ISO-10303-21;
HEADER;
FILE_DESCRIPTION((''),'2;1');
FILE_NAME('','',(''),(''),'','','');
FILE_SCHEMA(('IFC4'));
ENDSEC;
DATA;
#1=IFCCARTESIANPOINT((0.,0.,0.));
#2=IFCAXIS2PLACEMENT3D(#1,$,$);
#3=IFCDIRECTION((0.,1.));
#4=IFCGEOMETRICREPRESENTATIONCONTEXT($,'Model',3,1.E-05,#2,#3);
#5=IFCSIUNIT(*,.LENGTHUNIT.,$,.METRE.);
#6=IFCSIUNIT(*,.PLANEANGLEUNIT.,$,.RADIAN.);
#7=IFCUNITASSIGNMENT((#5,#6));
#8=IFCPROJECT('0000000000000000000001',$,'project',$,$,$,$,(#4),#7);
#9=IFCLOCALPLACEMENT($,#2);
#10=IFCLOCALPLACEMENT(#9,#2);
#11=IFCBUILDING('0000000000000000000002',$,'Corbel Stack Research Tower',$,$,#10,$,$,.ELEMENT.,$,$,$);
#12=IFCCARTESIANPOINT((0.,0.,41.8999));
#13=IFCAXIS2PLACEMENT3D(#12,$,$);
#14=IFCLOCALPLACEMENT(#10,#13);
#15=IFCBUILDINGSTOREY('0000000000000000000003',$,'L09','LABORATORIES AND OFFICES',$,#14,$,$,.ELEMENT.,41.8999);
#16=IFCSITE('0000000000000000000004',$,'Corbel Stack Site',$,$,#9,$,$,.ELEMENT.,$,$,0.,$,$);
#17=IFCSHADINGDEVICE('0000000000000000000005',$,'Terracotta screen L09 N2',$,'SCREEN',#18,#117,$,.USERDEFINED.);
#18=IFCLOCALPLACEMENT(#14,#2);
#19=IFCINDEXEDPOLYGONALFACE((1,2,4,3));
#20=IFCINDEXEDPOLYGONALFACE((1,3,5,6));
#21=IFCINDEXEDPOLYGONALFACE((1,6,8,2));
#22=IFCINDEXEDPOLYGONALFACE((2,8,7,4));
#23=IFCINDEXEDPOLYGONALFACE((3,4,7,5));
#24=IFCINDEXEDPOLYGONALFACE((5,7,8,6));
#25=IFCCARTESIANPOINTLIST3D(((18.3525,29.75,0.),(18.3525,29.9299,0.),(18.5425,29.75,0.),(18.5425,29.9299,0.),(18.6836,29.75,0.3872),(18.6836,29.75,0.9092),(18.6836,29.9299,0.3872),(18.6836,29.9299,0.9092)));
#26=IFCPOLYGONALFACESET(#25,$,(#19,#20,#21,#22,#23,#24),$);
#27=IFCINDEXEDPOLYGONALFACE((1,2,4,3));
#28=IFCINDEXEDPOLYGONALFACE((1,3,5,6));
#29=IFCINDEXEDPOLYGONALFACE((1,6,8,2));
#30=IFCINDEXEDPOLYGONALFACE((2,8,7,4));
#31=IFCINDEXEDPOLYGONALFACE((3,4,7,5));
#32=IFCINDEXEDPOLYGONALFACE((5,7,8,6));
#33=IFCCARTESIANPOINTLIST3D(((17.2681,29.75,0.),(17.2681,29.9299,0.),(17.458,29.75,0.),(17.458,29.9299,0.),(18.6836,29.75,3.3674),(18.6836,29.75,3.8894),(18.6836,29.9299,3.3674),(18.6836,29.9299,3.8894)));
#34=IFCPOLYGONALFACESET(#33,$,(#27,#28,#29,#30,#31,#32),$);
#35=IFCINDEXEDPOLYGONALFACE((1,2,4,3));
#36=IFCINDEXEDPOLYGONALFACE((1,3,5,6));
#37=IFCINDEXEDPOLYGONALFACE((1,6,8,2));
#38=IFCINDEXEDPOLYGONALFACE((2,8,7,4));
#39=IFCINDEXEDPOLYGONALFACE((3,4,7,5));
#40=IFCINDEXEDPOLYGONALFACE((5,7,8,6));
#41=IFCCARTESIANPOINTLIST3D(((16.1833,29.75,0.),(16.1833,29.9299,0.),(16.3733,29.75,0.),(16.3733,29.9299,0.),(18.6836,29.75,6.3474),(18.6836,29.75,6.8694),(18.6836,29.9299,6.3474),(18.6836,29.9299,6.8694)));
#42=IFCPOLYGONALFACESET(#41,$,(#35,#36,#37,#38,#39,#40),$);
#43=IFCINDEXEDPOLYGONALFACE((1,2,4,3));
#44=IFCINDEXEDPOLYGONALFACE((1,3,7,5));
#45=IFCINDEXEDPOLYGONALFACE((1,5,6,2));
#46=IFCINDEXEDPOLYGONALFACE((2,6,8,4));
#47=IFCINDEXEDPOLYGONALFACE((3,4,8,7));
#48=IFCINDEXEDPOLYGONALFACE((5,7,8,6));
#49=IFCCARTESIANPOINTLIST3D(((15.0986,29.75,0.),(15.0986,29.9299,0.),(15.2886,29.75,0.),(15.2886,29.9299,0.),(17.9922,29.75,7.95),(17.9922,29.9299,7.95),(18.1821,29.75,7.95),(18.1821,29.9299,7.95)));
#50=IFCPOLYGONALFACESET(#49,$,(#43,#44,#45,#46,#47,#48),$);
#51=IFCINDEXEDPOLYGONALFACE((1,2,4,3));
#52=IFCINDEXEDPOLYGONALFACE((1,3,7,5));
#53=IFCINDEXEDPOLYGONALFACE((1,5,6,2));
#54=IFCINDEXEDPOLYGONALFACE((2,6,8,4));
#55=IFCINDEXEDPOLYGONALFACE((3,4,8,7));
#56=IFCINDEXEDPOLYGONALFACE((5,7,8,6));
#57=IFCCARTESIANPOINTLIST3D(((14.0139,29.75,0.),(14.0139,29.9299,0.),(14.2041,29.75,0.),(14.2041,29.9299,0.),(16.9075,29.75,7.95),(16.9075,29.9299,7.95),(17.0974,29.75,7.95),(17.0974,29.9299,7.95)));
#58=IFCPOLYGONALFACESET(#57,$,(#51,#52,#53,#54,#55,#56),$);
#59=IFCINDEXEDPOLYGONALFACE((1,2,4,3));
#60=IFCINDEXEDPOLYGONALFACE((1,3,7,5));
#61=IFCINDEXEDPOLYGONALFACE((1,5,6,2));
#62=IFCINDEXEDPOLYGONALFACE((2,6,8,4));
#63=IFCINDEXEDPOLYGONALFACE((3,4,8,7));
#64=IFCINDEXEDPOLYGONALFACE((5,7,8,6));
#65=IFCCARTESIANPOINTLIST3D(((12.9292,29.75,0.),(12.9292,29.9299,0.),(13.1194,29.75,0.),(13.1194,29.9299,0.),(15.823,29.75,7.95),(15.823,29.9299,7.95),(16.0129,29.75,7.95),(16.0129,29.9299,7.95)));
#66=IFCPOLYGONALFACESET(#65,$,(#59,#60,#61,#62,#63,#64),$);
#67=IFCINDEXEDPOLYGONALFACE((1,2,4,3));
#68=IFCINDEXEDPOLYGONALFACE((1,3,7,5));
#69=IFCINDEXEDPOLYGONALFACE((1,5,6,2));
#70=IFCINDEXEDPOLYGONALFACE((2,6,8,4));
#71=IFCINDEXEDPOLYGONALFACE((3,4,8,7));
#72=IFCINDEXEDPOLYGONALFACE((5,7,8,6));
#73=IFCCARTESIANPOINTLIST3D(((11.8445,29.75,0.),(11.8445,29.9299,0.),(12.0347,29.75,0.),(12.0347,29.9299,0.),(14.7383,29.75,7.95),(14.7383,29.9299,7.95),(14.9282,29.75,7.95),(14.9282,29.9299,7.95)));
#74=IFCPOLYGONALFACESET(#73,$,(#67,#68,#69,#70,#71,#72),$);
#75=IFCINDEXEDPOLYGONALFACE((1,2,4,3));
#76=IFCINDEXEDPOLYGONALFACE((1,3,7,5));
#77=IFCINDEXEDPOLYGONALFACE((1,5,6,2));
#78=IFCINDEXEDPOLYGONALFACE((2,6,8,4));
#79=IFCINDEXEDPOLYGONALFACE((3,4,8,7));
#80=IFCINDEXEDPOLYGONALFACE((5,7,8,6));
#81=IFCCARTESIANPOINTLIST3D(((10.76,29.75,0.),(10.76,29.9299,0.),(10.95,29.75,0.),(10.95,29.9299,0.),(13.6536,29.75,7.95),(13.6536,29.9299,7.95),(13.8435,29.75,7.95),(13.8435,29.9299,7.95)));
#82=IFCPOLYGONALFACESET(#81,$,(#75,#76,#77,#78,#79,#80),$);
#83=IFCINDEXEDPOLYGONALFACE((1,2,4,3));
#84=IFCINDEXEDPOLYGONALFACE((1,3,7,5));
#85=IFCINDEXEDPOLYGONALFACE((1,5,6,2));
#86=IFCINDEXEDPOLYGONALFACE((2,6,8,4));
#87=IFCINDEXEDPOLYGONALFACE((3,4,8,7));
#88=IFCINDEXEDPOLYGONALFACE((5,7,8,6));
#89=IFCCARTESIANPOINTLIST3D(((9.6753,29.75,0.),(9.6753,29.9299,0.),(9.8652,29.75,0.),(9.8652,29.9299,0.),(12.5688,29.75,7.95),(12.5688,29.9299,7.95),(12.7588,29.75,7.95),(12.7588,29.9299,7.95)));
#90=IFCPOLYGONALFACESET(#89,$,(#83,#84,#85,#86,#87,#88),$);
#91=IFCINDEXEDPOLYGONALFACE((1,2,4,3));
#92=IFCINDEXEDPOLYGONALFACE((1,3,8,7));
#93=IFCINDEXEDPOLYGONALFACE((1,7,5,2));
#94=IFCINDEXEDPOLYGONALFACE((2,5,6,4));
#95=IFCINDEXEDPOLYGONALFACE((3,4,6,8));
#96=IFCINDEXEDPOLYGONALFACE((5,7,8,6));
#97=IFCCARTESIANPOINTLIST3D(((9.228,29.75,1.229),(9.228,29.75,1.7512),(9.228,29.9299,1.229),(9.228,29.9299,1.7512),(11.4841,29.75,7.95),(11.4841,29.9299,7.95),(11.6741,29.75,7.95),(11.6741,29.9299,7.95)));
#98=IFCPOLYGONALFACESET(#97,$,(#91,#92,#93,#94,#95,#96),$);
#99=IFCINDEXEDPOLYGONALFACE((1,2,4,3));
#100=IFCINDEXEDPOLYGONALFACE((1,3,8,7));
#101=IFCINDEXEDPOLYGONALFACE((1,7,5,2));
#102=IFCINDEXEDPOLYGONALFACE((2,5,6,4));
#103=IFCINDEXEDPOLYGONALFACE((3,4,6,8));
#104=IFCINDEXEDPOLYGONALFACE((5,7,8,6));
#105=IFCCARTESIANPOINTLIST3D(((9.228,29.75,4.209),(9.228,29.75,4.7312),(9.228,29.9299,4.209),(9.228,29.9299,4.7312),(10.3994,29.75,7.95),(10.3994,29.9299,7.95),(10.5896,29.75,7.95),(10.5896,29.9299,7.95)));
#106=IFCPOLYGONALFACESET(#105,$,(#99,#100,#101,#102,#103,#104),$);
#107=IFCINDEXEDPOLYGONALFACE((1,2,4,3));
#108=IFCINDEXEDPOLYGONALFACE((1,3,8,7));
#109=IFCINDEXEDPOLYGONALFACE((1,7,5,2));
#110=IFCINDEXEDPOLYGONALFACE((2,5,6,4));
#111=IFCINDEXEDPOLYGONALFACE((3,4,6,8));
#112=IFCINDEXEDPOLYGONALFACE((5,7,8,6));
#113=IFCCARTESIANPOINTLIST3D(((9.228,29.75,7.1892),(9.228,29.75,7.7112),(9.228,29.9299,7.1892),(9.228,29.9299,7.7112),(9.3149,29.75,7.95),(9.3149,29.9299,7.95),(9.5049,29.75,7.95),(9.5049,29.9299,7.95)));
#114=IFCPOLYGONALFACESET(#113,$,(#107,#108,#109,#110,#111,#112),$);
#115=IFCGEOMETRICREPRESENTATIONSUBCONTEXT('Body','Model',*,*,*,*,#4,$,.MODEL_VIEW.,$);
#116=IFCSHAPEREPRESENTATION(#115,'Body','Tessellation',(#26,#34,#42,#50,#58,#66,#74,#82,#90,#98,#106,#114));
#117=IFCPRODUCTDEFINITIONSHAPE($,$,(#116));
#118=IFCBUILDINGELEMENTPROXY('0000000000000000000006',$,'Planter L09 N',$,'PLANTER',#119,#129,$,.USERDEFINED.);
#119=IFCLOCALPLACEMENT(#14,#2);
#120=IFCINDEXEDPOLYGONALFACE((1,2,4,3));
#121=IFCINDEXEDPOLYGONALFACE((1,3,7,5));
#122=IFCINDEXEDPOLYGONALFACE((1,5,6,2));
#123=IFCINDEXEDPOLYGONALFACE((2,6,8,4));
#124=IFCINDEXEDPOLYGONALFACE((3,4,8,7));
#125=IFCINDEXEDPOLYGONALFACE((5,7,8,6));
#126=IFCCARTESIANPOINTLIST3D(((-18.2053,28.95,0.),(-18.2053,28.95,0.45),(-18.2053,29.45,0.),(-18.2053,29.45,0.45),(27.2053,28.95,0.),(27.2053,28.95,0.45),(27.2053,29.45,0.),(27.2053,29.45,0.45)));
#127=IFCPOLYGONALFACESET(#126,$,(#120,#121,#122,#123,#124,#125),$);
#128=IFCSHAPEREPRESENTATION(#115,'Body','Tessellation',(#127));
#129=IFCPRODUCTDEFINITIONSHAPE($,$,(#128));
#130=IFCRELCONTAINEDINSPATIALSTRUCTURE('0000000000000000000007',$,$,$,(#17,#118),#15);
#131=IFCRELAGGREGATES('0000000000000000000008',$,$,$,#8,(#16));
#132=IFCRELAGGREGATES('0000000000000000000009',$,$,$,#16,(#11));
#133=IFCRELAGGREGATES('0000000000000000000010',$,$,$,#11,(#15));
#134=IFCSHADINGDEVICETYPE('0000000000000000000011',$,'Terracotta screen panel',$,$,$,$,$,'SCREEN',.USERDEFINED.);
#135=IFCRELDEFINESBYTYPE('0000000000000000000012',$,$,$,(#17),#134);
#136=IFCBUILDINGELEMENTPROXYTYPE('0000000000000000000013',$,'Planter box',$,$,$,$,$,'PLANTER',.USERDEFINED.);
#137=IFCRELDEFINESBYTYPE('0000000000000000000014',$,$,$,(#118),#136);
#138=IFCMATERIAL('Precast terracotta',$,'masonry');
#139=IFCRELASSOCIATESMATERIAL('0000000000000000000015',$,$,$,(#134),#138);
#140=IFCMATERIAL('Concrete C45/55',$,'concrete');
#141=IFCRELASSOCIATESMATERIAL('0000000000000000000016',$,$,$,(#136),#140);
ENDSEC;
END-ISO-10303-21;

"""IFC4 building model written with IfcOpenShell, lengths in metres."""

from ifc_helpers import new_model, si_unit, direction, frame, origin, origin_2d, place, context, subcontext, project, spatial, polyline, rectangle, outline, extrude, source, transform, mapped, material, type_object, element, save


model = new_model("IFC4")

# Units and contexts
model_context = context("Model", 3, precision=1e-05, world=origin(), true_north=direction((0.0, 1.0)))
body_context = subcontext(model_context, "Body", "Model", "MODEL_VIEW")
ifc_project = project(units=[si_unit("LENGTHUNIT", "METRE"), si_unit("PLANEANGLEUNIT", "RADIAN")], contexts=[model_context])

# Site, building, storey
site_placement = place(None, origin())
site = spatial("IfcSite", under=ifc_project, at=site_placement, Name="Corbel Stack Site", CompositionType="ELEMENT", RefElevation=0.0)
building_placement = place(site_placement, origin())
building = spatial("IfcBuilding", under=site, at=building_placement, Name="Corbel Stack Research Tower", CompositionType="ELEMENT")
storey_placement = place(building_placement, frame((0.0, 0.0, 41.8999)))
storey = spatial("IfcBuildingStorey", under=building, at=storey_placement, Name="L09", Description="LABORATORIES AND OFFICES", CompositionType="ELEMENT", Elevation=41.8999)

# Shading device
ifc_material_1 = material(Name="Precast terracotta", Category="masonry")
shading_device_type = type_object("IfcShadingDeviceType", Name="Terracotta screen panel", ElementType="SCREEN", PredefinedType="USERDEFINED", material=ifc_material_1)
shared_shape_1 = source(origin(), body_context, "Body", "SweptSolid", [
    extrude(outline(polyline([(0.3311, 0.0), (0.0, 0.9092), (0.0, 0.3872), (0.1411, 0.0), (0.3311, 0.0)])), frame((0.0, 0.0, 0.0), z_axis=(0.0, -1.0, 0.0), x_axis=(1.0, 0.0, 0.0)), (0.0, 0.0, 1.0), 0.1799),
    extrude(outline(polyline([(1.4155, 0.0), (0.0, 3.8894), (0.0, 3.3674), (1.2256, 0.0), (1.4155, 0.0)])), frame((0.0, 0.0, 0.0), z_axis=(0.0, -1.0, 0.0), x_axis=(1.0, 0.0, 0.0)), (0.0, 0.0, 1.0), 0.1799),
    extrude(outline(polyline([(2.5002, 0.0), (0.0, 6.8694), (0.0, 6.3474), (2.3103, 0.0), (2.5002, 0.0)])), frame((0.0, 0.0, 0.0), z_axis=(0.0, -1.0, 0.0), x_axis=(1.0, 0.0, 0.0)), (0.0, 0.0, 1.0), 0.1799),
    extrude(outline(polyline([(3.585, 0.0), (0.6914, 7.95), (0.5015, 7.95), (3.395, 0.0), (3.585, 0.0)])), frame((0.0, 0.0, 0.0), z_axis=(0.0, -1.0, 0.0), x_axis=(1.0, 0.0, 0.0)), (0.0, 0.0, 1.0), 0.1799),
    extrude(outline(polyline([(4.6697, 0.0), (1.7761, 7.95), (1.5862, 7.95), (4.4795, 0.0), (4.6697, 0.0)])), frame((0.0, 0.0, 0.0), z_axis=(0.0, -1.0, 0.0), x_axis=(1.0, 0.0, 0.0)), (0.0, 0.0, 1.0), 0.1799),
    extrude(outline(polyline([(5.7544, 0.0), (2.8606, 7.95), (2.6707, 7.95), (5.5642, 0.0), (5.7544, 0.0)])), frame((0.0, 0.0, 0.0), z_axis=(0.0, -1.0, 0.0), x_axis=(1.0, 0.0, 0.0)), (0.0, 0.0, 1.0), 0.1799),
    extrude(outline(polyline([(6.8391, 0.0), (3.9453, 7.95), (3.7554, 7.95), (6.6489, 0.0), (6.8391, 0.0)])), frame((0.0, 0.0, 0.0), z_axis=(0.0, -1.0, 0.0), x_axis=(1.0, 0.0, 0.0)), (0.0, 0.0, 1.0), 0.1799),
    extrude(outline(polyline([(7.9236, 0.0), (5.03, 7.95), (4.8401, 7.95), (7.7336, 0.0), (7.9236, 0.0)])), frame((0.0, 0.0, 0.0), z_axis=(0.0, -1.0, 0.0), x_axis=(1.0, 0.0, 0.0)), (0.0, 0.0, 1.0), 0.1799),
    extrude(outline(polyline([(9.0083, 0.0), (6.1147, 7.95), (5.9248, 7.95), (8.8184, 0.0), (9.0083, 0.0)])), frame((0.0, 0.0, 0.0), z_axis=(0.0, -1.0, 0.0), x_axis=(1.0, 0.0, 0.0)), (0.0, 0.0, 1.0), 0.1799),
    extrude(outline(polyline([(7.1995, 7.95), (7.0095, 7.95), (9.4556, 1.229), (9.4556, 1.7512), (7.1995, 7.95)])), frame((0.0, 0.0, 0.0), z_axis=(0.0, -1.0, 0.0), x_axis=(1.0, 0.0, 0.0)), (0.0, 0.0, 1.0), 0.1799),
    extrude(outline(polyline([(8.2842, 7.95), (8.094, 7.95), (9.4556, 4.209), (9.4556, 4.7312), (8.2842, 7.95)])), frame((0.0, 0.0, 0.0), z_axis=(0.0, -1.0, 0.0), x_axis=(1.0, 0.0, 0.0)), (0.0, 0.0, 1.0), 0.1799),
    extrude(outline(polyline([(9.3687, 7.95), (9.1787, 7.95), (9.4556, 7.1892), (9.4556, 7.7112), (9.3687, 7.95)])), frame((0.0, 0.0, 0.0), z_axis=(0.0, -1.0, 0.0), x_axis=(1.0, 0.0, 0.0)), (0.0, 0.0, 1.0), 0.1799),
])
shading_device_1_placement = place(storey_placement, frame((18.6836, 29.75, 0.0), z_axis=(0.0, 0.0, 1.0), x_axis=(-1.0, 0.0, 0.0)))
element("IfcShadingDevice", 1, at=shading_device_1_placement, inside=storey, type_object=shading_device_type, Name="Terracotta screen L09 N2", ObjectType="SCREEN", PredefinedType="USERDEFINED", context=body_context, shape_type="MappedRepresentation", body=[
    mapped(shared_shape_1, transform((0.0, 0.0, 0.0))),
])

# Building element proxy
ifc_material_2 = material(Name="Concrete C45/55", Category="concrete")
building_element_proxy_type = type_object("IfcBuildingElementProxyType", Name="Planter box", ElementType="PLANTER", PredefinedType="USERDEFINED", material=ifc_material_2)
proxy_placement = place(storey_placement, frame((4.5, 29.2, 0.0), z_axis=(0.0, 0.0, 1.0), x_axis=(-1.0, 0.0, 0.0)))
element("IfcBuildingElementProxy", 2, at=proxy_placement, inside=storey, type_object=building_element_proxy_type, Name="Planter L09 N", ObjectType="PLANTER", PredefinedType="USERDEFINED", context=body_context, shape_type="SweptSolid", body=[
    extrude(rectangle(XDim=45.4106, YDim=0.5, at=origin_2d()), origin(), (0.0, 0.0, 1.0), 0.45),
])

save(model, "model.ifc")
